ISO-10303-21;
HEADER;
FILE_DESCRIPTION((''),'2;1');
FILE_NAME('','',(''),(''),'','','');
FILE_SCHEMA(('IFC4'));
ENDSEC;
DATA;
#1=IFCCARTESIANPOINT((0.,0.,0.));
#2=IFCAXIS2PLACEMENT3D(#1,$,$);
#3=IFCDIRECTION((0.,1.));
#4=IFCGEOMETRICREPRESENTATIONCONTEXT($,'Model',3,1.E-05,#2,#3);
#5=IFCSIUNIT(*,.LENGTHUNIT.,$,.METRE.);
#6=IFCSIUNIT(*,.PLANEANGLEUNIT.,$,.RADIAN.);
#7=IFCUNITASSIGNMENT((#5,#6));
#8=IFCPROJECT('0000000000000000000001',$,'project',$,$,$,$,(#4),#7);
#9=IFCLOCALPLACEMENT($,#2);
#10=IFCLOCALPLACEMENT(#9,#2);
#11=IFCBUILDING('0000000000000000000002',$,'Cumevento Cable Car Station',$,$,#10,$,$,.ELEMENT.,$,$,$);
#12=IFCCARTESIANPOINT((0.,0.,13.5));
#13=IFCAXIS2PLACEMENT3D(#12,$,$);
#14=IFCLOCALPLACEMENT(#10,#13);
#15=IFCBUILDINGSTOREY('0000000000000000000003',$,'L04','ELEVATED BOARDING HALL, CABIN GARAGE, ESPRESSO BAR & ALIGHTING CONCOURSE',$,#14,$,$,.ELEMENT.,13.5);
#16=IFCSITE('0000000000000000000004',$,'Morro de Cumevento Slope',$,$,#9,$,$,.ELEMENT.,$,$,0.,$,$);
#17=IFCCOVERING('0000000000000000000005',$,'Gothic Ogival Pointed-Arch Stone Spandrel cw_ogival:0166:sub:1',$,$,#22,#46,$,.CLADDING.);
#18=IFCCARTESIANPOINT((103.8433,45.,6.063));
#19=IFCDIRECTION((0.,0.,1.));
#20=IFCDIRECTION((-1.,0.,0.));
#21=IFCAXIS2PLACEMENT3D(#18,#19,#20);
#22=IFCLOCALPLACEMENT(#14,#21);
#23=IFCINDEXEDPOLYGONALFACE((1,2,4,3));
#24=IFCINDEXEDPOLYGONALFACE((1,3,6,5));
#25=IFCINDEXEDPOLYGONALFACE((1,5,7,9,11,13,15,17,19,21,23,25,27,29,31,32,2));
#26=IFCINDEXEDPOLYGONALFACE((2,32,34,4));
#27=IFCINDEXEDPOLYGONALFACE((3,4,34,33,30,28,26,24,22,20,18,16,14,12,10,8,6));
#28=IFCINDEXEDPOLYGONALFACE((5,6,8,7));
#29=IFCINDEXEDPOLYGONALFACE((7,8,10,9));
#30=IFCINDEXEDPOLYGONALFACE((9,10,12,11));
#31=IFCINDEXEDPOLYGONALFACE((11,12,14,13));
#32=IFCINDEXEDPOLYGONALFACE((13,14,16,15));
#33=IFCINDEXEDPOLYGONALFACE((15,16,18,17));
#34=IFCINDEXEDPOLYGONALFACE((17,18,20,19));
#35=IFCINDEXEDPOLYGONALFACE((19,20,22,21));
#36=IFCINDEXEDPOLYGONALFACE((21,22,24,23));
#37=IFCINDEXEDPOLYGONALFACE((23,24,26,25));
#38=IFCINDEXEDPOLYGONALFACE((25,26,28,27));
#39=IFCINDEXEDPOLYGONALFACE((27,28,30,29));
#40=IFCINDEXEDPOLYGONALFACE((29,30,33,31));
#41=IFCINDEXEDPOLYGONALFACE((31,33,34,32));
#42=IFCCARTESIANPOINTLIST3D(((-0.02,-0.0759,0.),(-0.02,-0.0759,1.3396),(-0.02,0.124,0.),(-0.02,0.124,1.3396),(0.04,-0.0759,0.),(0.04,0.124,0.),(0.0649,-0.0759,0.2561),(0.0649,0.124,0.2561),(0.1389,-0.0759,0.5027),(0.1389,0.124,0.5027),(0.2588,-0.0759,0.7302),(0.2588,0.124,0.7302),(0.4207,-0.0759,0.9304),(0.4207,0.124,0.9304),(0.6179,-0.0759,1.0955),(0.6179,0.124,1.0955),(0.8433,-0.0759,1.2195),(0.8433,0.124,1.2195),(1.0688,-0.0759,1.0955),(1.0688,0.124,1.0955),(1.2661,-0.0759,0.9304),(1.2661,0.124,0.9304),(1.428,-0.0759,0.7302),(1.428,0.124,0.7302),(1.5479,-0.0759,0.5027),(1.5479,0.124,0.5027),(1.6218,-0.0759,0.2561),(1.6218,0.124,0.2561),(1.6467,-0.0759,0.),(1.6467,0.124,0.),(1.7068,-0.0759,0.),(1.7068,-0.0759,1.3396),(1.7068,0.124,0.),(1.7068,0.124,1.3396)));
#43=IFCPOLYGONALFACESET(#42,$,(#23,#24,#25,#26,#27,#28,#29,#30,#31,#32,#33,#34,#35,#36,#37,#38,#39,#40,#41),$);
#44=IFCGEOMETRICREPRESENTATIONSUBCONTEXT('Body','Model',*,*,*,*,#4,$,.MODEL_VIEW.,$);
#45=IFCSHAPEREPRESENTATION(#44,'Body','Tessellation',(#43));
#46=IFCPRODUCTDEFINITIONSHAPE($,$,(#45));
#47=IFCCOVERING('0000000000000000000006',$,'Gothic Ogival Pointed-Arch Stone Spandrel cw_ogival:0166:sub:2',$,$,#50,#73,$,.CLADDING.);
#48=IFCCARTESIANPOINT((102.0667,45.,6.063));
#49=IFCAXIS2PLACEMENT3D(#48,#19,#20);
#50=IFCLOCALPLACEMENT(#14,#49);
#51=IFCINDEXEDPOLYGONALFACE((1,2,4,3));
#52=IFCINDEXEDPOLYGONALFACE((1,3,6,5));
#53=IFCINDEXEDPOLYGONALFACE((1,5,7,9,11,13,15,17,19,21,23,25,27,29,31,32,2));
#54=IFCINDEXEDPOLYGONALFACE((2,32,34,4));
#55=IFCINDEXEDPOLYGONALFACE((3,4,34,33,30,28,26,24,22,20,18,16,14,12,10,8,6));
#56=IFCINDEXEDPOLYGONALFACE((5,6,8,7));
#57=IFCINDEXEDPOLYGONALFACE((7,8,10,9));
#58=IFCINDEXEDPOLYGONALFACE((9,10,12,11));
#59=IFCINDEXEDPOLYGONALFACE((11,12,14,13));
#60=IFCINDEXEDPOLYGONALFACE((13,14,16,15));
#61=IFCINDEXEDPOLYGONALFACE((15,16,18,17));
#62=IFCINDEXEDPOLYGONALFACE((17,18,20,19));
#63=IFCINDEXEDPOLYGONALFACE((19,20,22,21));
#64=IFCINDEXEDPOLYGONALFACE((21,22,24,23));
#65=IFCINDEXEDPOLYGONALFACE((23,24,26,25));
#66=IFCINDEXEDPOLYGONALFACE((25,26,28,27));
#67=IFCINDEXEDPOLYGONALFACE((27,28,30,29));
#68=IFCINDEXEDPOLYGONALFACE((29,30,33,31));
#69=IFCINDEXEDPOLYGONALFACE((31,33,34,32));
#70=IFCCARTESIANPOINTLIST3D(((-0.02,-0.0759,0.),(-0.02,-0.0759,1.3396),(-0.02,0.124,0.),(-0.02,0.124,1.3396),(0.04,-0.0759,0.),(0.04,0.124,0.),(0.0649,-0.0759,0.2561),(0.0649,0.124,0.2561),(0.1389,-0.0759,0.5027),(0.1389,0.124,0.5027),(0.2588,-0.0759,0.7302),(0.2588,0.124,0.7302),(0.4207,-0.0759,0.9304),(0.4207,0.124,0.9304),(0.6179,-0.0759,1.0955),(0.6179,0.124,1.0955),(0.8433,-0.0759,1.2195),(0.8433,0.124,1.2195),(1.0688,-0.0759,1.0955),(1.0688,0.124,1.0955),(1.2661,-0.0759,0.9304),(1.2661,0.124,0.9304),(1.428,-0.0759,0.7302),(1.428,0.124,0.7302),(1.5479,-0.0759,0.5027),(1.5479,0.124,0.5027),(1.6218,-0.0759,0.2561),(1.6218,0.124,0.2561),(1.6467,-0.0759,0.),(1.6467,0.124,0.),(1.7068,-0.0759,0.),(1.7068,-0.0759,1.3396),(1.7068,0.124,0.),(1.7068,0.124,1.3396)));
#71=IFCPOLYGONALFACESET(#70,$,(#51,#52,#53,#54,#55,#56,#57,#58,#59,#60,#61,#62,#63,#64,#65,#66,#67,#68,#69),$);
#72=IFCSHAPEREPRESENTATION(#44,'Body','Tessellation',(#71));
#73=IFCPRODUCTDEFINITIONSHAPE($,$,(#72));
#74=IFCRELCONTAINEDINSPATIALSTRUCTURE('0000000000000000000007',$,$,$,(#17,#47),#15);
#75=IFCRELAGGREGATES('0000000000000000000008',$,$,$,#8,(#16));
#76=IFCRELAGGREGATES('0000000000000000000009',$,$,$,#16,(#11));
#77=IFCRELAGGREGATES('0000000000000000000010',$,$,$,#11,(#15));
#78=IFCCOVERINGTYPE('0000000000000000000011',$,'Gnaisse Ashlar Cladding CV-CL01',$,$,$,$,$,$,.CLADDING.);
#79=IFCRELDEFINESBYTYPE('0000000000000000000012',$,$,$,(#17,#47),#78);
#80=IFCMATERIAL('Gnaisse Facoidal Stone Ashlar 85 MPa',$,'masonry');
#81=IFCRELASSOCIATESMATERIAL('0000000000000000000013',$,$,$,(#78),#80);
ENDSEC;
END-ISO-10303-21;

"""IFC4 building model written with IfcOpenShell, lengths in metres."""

from ifc_helpers import new_model, si_unit, direction, frame, origin, place, context, subcontext, project, spatial, polyline, outline, extrude, material, type_object, element, save


model = new_model("IFC4")

# Units and contexts
model_context = context("Model", 3, precision=1e-05, world=origin(), true_north=direction((0.0, 1.0)))
body_context = subcontext(model_context, "Body", "Model", "MODEL_VIEW")
ifc_project = project(units=[si_unit("LENGTHUNIT", "METRE"), si_unit("PLANEANGLEUNIT", "RADIAN")], contexts=[model_context])

# Site, building, storey
site_placement = place(None, origin())
site = spatial("IfcSite", under=ifc_project, at=site_placement, Name="Morro de Cumevento Slope", CompositionType="ELEMENT", RefElevation=0.0)
building_placement = place(site_placement, origin())
building = spatial("IfcBuilding", under=site, at=building_placement, Name="Cumevento Cable Car Station", CompositionType="ELEMENT")
storey_placement = place(building_placement, frame((0.0, 0.0, 13.5)))
storey = spatial("IfcBuildingStorey", under=building, at=storey_placement, Name="L04", Description="ELEVATED BOARDING HALL, CABIN GARAGE, ESPRESSO BAR & ALIGHTING CONCOURSE", CompositionType="ELEMENT", Elevation=13.5)

# Coverings
ifc_material_1 = material(Name="Gnaisse Facoidal Stone Ashlar 85 MPa", Category="masonry")
covering_type = type_object("IfcCoveringType", Name="Gnaisse Ashlar Cladding CV-CL01", PredefinedType="CLADDING", material=ifc_material_1)
for number, where, z_axis, x_axis, name in (
    (1, (103.8433, 45.0, 6.063), (0.0, 0.0, 1.0), (-1.0, 0.0, 0.0), "Gothic Ogival Pointed-Arch Stone Spandrel cw_ogival:0166:sub:1"),
    (2, (102.0667, 45.0, 6.063), (0.0, 0.0, 1.0), (-1.0, 0.0, 0.0), "Gothic Ogival Pointed-Arch Stone Spandrel cw_ogival:0166:sub:2"),
):
    element("IfcCovering", number, at=place(storey_placement, frame(where, z_axis=z_axis, x_axis=x_axis)), inside=storey, type_object=covering_type, Name=name, PredefinedType="CLADDING", context=body_context, shape_type="SweptSolid", body=[
        extrude(outline(polyline([(-0.02, 0.0), (-0.02, 1.3396), (1.7068, 1.3396), (1.7068, 0.0), (1.6467, 0.0), (1.6218, 0.2561), (1.5479, 0.5027), (1.428, 0.7302), (1.2661, 0.9304), (1.0688, 1.0955), (0.8433, 1.2195), (0.6179, 1.0955), (0.4207, 0.9304), (0.2588, 0.7302), (0.1389, 0.5027), (0.0649, 0.2561), (0.04, 0.0), (-0.02, 0.0)])), frame((0.0, 0.124, 0.0), z_axis=(0.0, -1.0, 0.0), x_axis=(1.0, 0.0, 0.0)), (0.0, 0.0, 1.0), 0.2),
    ])

save(model, "model.ifc")
